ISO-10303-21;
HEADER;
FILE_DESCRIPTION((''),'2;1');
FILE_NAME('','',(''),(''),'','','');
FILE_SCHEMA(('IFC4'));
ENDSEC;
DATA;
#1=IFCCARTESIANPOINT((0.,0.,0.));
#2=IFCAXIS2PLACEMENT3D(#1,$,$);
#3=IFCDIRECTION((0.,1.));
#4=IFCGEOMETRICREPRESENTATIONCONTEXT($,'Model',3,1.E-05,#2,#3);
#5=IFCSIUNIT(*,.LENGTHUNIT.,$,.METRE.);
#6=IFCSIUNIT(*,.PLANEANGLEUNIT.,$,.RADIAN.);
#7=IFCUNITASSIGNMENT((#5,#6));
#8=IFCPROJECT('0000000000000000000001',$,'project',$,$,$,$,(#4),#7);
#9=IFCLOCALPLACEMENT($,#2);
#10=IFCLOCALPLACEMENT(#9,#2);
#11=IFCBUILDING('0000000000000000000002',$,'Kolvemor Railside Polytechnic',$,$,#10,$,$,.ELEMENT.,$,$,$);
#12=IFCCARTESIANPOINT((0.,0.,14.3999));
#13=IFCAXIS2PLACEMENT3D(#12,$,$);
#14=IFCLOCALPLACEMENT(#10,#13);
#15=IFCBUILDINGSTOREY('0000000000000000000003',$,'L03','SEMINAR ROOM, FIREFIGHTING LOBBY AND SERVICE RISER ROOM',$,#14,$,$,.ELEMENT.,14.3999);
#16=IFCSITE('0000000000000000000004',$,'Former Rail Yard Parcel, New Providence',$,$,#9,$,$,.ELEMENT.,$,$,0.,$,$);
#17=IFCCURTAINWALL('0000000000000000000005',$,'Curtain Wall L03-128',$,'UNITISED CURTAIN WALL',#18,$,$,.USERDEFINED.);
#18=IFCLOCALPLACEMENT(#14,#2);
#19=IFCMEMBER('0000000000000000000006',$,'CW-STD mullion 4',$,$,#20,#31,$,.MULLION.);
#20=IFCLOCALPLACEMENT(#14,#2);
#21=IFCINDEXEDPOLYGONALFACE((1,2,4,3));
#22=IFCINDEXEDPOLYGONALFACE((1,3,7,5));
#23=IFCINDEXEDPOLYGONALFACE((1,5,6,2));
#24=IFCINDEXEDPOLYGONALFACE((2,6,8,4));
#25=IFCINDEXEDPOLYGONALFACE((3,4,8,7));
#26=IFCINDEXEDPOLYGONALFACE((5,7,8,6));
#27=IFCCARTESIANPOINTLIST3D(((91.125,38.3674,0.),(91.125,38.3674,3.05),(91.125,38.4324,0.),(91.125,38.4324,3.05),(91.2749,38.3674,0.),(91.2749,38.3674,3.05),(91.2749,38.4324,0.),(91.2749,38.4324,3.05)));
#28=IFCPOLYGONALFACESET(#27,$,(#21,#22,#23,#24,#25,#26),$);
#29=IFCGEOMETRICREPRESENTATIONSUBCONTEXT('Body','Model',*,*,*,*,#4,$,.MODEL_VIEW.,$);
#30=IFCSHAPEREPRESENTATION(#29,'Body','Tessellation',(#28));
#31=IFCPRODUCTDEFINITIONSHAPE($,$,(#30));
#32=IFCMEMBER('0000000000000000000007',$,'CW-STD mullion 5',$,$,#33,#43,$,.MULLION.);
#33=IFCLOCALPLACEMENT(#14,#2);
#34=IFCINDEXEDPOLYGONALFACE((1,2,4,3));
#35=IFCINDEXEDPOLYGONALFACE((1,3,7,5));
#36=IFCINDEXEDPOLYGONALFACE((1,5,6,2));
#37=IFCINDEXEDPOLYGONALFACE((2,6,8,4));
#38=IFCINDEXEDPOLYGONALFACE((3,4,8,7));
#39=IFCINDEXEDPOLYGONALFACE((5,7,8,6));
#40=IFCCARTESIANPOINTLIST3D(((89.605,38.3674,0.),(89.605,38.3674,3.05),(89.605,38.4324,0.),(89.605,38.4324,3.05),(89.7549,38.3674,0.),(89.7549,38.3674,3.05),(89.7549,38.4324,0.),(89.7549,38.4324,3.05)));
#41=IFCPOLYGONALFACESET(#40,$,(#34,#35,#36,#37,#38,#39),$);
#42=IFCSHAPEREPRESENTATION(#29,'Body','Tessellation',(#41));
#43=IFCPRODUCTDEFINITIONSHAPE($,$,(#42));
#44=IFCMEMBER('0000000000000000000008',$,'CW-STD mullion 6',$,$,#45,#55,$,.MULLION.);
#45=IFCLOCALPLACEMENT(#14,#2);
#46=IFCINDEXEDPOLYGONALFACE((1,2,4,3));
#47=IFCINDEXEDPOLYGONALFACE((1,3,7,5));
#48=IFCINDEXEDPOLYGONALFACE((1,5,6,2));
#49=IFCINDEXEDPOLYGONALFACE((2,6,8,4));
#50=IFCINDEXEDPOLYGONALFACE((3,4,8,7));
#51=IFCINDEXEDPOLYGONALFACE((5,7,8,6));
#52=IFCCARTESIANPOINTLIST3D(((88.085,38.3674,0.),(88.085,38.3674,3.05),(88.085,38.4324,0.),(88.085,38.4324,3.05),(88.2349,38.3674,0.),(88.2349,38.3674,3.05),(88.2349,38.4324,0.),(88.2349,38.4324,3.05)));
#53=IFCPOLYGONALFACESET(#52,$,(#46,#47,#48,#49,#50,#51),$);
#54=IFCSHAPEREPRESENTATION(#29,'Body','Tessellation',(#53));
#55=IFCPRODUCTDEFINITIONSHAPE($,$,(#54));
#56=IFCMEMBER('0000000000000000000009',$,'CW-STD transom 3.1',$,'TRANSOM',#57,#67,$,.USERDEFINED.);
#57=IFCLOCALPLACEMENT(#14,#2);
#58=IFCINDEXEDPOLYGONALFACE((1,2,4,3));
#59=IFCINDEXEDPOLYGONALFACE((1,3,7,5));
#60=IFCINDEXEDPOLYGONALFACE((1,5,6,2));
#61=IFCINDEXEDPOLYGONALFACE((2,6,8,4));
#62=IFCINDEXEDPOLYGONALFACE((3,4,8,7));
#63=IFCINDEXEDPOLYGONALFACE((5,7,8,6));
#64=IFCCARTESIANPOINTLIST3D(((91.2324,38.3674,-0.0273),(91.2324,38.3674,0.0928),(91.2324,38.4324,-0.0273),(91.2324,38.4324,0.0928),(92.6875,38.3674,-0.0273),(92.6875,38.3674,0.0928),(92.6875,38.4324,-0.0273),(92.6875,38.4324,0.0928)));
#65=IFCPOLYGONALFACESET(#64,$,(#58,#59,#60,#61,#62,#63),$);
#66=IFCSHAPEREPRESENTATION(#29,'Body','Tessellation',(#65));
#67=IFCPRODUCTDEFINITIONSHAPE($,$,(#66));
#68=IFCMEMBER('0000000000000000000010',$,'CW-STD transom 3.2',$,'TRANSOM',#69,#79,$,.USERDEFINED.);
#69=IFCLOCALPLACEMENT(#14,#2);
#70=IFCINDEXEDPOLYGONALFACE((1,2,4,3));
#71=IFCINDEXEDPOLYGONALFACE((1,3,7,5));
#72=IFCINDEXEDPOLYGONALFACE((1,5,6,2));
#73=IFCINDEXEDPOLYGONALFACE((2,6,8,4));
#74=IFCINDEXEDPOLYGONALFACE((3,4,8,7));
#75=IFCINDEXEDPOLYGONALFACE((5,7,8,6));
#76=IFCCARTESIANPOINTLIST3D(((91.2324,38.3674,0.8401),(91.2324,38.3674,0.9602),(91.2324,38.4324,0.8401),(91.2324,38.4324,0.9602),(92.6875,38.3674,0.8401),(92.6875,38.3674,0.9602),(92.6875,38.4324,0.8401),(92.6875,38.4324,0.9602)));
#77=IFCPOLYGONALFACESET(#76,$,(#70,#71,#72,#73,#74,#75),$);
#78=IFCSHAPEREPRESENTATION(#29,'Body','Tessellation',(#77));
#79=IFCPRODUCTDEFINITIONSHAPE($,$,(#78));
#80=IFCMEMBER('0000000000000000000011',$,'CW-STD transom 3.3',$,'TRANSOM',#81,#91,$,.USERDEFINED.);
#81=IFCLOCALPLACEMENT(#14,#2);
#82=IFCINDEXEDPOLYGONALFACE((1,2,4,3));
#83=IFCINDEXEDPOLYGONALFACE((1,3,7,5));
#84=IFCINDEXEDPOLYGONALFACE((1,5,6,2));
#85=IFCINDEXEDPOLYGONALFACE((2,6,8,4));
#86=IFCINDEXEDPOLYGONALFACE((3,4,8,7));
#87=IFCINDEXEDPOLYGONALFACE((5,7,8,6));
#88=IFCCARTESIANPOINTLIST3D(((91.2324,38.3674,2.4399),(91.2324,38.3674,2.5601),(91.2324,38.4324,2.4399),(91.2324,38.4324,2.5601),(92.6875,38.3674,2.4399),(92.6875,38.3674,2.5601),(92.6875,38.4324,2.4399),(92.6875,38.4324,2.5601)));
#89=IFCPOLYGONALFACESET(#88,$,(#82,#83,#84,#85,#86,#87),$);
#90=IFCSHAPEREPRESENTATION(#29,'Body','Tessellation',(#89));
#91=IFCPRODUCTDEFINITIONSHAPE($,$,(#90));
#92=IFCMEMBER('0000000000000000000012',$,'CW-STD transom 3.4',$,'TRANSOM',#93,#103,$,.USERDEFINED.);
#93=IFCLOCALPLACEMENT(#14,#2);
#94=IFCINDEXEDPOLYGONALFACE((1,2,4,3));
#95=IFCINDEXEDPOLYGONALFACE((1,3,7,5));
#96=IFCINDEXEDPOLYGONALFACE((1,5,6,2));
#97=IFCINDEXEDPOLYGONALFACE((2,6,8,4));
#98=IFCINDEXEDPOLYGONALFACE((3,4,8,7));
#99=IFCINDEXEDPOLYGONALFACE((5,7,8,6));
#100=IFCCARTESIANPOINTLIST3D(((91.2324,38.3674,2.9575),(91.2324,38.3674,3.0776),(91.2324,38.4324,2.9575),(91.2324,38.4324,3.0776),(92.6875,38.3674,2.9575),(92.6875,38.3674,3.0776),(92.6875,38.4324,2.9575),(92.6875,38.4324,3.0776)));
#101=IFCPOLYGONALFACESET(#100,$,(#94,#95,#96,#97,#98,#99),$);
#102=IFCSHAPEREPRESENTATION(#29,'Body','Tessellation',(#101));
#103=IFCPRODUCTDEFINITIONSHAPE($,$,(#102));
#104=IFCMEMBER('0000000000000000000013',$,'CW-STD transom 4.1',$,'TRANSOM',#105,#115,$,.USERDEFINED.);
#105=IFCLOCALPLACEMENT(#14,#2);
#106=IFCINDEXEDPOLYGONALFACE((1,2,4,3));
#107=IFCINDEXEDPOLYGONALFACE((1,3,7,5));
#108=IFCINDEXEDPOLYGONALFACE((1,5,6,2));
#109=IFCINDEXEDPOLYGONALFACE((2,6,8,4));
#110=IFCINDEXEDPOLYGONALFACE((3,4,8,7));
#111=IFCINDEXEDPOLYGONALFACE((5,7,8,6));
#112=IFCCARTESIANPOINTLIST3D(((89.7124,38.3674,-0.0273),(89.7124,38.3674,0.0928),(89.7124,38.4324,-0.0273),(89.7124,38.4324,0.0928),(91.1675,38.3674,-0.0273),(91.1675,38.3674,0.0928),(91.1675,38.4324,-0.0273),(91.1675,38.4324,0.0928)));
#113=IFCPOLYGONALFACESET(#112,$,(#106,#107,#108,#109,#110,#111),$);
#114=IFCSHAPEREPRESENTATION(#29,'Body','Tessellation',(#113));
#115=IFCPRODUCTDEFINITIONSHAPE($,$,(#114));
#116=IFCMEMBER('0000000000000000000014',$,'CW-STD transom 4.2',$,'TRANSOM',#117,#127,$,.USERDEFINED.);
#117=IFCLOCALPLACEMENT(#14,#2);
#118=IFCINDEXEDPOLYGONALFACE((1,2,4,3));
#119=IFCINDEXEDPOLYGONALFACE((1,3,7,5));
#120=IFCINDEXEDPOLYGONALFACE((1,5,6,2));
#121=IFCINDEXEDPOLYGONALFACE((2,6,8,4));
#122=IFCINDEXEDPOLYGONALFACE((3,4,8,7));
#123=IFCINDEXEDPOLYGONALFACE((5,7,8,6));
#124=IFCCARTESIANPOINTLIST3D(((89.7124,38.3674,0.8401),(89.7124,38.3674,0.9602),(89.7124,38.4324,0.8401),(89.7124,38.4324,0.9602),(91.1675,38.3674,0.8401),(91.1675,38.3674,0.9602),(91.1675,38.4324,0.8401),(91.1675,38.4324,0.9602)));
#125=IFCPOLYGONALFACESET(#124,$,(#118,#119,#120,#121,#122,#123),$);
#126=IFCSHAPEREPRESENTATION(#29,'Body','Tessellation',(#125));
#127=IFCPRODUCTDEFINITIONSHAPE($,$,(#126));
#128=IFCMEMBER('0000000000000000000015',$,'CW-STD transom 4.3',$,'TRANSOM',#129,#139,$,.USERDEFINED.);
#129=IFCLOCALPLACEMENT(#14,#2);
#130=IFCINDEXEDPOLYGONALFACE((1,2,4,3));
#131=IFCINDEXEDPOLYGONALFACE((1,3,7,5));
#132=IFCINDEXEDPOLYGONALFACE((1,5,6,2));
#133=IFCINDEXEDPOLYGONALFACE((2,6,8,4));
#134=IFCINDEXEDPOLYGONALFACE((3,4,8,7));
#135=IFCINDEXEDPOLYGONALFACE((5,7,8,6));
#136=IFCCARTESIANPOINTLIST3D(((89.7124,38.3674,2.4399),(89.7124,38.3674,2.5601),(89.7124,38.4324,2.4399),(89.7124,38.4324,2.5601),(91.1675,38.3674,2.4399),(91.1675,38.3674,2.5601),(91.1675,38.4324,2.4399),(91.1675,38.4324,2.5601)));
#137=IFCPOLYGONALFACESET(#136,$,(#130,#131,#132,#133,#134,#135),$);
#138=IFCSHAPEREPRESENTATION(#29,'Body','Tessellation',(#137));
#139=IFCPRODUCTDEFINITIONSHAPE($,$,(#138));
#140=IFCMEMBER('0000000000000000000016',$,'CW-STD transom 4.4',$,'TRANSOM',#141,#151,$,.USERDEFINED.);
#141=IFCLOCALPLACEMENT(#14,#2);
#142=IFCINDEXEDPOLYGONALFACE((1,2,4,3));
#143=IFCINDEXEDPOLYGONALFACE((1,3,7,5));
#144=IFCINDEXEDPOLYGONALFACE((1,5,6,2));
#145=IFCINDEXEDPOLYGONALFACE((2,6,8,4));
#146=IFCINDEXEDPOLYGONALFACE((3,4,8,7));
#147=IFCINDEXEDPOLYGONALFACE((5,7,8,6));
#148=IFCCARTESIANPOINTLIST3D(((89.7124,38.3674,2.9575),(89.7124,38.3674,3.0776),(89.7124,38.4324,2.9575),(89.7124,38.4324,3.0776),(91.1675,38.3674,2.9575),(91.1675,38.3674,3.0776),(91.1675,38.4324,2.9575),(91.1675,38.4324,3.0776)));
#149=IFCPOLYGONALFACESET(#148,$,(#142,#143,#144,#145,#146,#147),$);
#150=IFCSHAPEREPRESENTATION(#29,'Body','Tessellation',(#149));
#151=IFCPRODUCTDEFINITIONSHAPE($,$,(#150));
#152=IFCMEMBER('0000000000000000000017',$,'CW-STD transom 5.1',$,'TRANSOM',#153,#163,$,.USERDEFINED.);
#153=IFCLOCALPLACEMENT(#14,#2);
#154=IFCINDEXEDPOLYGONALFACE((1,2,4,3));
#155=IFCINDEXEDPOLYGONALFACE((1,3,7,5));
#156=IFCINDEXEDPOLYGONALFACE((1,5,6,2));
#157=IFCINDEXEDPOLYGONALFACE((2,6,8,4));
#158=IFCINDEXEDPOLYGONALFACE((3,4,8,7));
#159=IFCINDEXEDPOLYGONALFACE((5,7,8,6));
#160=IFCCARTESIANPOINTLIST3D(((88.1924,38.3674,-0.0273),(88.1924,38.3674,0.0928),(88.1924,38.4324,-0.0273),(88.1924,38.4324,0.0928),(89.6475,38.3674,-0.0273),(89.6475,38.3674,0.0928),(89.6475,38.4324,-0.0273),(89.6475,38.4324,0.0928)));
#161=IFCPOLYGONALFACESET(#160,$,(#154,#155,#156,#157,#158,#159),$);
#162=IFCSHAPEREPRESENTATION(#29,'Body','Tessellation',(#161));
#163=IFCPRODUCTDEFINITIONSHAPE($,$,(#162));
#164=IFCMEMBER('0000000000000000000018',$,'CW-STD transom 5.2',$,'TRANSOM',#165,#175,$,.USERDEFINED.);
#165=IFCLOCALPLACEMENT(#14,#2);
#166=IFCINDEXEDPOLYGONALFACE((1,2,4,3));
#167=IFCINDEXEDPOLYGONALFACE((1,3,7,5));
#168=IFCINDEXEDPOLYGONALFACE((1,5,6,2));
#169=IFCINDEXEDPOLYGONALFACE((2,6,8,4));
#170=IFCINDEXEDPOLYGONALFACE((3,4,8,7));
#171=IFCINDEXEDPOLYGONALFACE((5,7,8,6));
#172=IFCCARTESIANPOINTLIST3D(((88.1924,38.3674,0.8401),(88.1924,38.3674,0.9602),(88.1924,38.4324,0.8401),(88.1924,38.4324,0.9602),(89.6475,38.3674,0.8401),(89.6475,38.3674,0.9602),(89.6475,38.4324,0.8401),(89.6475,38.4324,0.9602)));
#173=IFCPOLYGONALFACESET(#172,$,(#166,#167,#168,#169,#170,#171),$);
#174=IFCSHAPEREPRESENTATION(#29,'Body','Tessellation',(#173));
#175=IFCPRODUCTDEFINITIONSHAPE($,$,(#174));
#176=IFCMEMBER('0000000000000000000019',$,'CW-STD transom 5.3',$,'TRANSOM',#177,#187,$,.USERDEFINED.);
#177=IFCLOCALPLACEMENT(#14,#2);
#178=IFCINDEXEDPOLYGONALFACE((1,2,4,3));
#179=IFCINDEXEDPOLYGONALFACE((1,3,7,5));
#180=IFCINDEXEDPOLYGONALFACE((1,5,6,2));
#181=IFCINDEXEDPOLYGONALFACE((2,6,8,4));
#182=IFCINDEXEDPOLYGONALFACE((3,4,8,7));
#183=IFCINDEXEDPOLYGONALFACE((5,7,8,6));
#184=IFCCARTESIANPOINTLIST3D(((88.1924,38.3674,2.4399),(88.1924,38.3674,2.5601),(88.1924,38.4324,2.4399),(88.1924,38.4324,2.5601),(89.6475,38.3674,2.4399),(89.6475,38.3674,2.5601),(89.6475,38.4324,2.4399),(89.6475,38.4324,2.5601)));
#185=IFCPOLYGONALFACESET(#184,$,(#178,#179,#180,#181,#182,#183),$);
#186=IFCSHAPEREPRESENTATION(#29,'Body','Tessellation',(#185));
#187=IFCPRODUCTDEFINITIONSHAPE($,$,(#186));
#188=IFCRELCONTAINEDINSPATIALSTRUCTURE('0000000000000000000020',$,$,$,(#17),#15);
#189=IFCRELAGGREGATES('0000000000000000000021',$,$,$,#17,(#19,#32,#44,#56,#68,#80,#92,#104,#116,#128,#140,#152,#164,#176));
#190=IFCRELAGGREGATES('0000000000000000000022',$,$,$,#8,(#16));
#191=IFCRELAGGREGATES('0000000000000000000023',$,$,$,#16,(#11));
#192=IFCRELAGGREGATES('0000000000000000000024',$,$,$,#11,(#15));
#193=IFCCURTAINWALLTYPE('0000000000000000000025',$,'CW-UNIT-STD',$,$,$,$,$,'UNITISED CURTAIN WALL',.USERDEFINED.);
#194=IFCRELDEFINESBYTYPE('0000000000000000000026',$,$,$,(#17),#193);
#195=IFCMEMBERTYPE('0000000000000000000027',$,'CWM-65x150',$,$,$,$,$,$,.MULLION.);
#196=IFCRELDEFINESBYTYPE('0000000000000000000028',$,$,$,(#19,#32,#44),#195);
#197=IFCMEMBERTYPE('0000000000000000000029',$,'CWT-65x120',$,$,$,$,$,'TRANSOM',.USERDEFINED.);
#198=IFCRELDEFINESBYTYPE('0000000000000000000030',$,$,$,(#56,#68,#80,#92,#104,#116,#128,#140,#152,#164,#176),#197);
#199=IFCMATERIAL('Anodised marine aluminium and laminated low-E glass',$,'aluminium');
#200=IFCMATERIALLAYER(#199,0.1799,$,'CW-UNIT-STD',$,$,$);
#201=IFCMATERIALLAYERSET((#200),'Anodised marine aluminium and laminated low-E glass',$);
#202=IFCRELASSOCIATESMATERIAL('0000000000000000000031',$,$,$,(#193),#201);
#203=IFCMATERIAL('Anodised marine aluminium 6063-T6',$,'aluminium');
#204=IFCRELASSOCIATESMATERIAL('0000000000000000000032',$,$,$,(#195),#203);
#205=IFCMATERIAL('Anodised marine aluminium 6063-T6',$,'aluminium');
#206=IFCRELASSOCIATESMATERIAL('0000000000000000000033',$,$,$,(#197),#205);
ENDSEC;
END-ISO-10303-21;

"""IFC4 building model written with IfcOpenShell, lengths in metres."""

from ifc_helpers import new_model, si_unit, direction, frame, origin, origin_2d, place, context, subcontext, project, spatial, rectangle, extrude, material, layer, layer_set, material_profile, profile_set, type_object, element, aggregate, save


model = new_model("IFC4")

# Units and contexts
model_context = context("Model", 3, precision=1e-05, world=origin(), true_north=direction((0.0, 1.0)))
body_context = subcontext(model_context, "Body", "Model", "MODEL_VIEW")
ifc_project = project(units=[si_unit("LENGTHUNIT", "METRE"), si_unit("PLANEANGLEUNIT", "RADIAN")], contexts=[model_context])

# Site, building, storey
site_placement = place(None, origin())
site = spatial("IfcSite", under=ifc_project, at=site_placement, Name="Former Rail Yard Parcel, New Providence", CompositionType="ELEMENT", RefElevation=0.0)
building_placement = place(site_placement, origin())
building = spatial("IfcBuilding", under=site, at=building_placement, Name="Kolvemor Railside Polytechnic", CompositionType="ELEMENT")
storey_placement = place(building_placement, frame((0.0, 0.0, 14.3999)))
storey = spatial("IfcBuildingStorey", under=building, at=storey_placement, Name="L03", Description="SEMINAR ROOM, FIREFIGHTING LOBBY AND SERVICE RISER ROOM", CompositionType="ELEMENT", Elevation=14.3999)

# Curtain wall, members
ifc_material_1 = material(Name="Anodised marine aluminium and laminated low-E glass", Category="aluminium")
ifc_layer_1 = layer(ifc_material_1, 0.1799, Name="CW-UNIT-STD")
ifc_layer_set_1 = layer_set([ifc_layer_1], Name="Anodised marine aluminium and laminated low-E glass")
curtain_wall_type = type_object("IfcCurtainWallType", Name="CW-UNIT-STD", ElementType="UNITISED CURTAIN WALL", PredefinedType="USERDEFINED", material=ifc_layer_set_1)
curtain_wall_placement = place(storey_placement, origin())
curtain_wall = element("IfcCurtainWall", 1, at=curtain_wall_placement, inside=storey, type_object=curtain_wall_type, Name="Curtain Wall L03-128", ObjectType="UNITISED CURTAIN WALL", PredefinedType="USERDEFINED")
ifc_material_2 = material(Name="Anodised marine aluminium 6063-T6", Category="aluminium")
ifc_material_profile_1 = material_profile(ifc_material_2, rectangle(XDim=0.0649, YDim=0.1499, at=origin_2d()), Name="CW-MUL-65x150")
ifc_profile_set_1 = profile_set([ifc_material_profile_1], Name="Anodised marine aluminium 6063-T6")
member_type_1 = type_object("IfcMemberType", Name="CWM-65x150", PredefinedType="MULLION", material=ifc_profile_set_1)
member_1_placement = place(storey_placement, frame((91.2, 38.3999, 0.0), z_axis=(0.0, 0.0, 1.0), x_axis=(0.0, -1.0, 0.0)))
member_1 = element("IfcMember", 2, at=member_1_placement, type_object=member_type_1, Name="CW-STD mullion 4", PredefinedType="MULLION", context=body_context, shape_type="SweptSolid", body=[
    extrude(rectangle(XDim=0.0649, YDim=0.1499, at=origin_2d()), origin(), (0.0, 0.0, 1.0), 3.05),
])
member_2_placement = place(storey_placement, frame((89.6799, 38.3999, 0.0), z_axis=(0.0, 0.0, 1.0), x_axis=(0.0, -1.0, 0.0)))
member_2 = element("IfcMember", 3, at=member_2_placement, type_object=member_type_1, Name="CW-STD mullion 5", PredefinedType="MULLION", context=body_context, shape_type="SweptSolid", body=[
    extrude(rectangle(XDim=0.0649, YDim=0.1499, at=origin_2d()), origin(), (0.0, 0.0, 1.0), 3.05),
])
member_3_placement = place(storey_placement, frame((88.1599, 38.3999, 0.0), z_axis=(0.0, 0.0, 1.0), x_axis=(0.0, -1.0, 0.0)))
member_3 = element("IfcMember", 4, at=member_3_placement, type_object=member_type_1, Name="CW-STD mullion 6", PredefinedType="MULLION", context=body_context, shape_type="SweptSolid", body=[
    extrude(rectangle(XDim=0.0649, YDim=0.1499, at=origin_2d()), origin(), (0.0, 0.0, 1.0), 3.05),
])
ifc_material_3 = material(Name="Anodised marine aluminium 6063-T6", Category="aluminium")
ifc_material_profile_2 = material_profile(ifc_material_3, rectangle(XDim=0.0649, YDim=0.1201, at=origin_2d()), Name="CW-TRN-65x120")
ifc_profile_set_2 = profile_set([ifc_material_profile_2], Name="Anodised marine aluminium 6063-T6")
member_type_2 = type_object("IfcMemberType", Name="CWT-65x120", ElementType="TRANSOM", PredefinedType="USERDEFINED", material=ifc_profile_set_2)
member_4_placement = place(storey_placement, frame((92.6875, 38.3999, 0.0327), z_axis=(-1.0, 0.0, 0.0), x_axis=(0.0, -1.0, 0.0)))
member_4 = element("IfcMember", 5, at=member_4_placement, type_object=member_type_2, Name="CW-STD transom 3.1", ObjectType="TRANSOM", PredefinedType="USERDEFINED", context=body_context, shape_type="SweptSolid", body=[
    extrude(rectangle(XDim=0.0649, YDim=0.1201, at=origin_2d()), origin(), (0.0, 0.0, 1.0), 1.4551),
])
member_5_placement = place(storey_placement, frame((92.6875, 38.3999, 0.9001), z_axis=(-1.0, 0.0, 0.0), x_axis=(0.0, -1.0, 0.0)))
member_5 = element("IfcMember", 6, at=member_5_placement, type_object=member_type_2, Name="CW-STD transom 3.2", ObjectType="TRANSOM", PredefinedType="USERDEFINED", context=body_context, shape_type="SweptSolid", body=[
    extrude(rectangle(XDim=0.0649, YDim=0.1201, at=origin_2d()), origin(), (0.0, 0.0, 1.0), 1.4551),
])
member_6_placement = place(storey_placement, frame((92.6875, 38.3999, 2.5), z_axis=(-1.0, 0.0, 0.0), x_axis=(0.0, -1.0, 0.0)))
member_6 = element("IfcMember", 7, at=member_6_placement, type_object=member_type_2, Name="CW-STD transom 3.3", ObjectType="TRANSOM", PredefinedType="USERDEFINED", context=body_context, shape_type="SweptSolid", body=[
    extrude(rectangle(XDim=0.0649, YDim=0.1201, at=origin_2d()), origin(), (0.0, 0.0, 1.0), 1.4551),
])
member_7_placement = place(storey_placement, frame((92.6875, 38.3999, 3.0176), z_axis=(-1.0, 0.0, 0.0), x_axis=(0.0, -1.0, 0.0)))
member_7 = element("IfcMember", 8, at=member_7_placement, type_object=member_type_2, Name="CW-STD transom 3.4", ObjectType="TRANSOM", PredefinedType="USERDEFINED", context=body_context, shape_type="SweptSolid", body=[
    extrude(rectangle(XDim=0.0649, YDim=0.1201, at=origin_2d()), origin(), (0.0, 0.0, 1.0), 1.4551),
])
member_8_placement = place(storey_placement, frame((91.1675, 38.3999, 0.0327), z_axis=(-1.0, 0.0, 0.0), x_axis=(0.0, -1.0, 0.0)))
member_8 = element("IfcMember", 9, at=member_8_placement, type_object=member_type_2, Name="CW-STD transom 4.1", ObjectType="TRANSOM", PredefinedType="USERDEFINED", context=body_context, shape_type="SweptSolid", body=[
    extrude(rectangle(XDim=0.0649, YDim=0.1201, at=origin_2d()), origin(), (0.0, 0.0, 1.0), 1.4551),
])
member_9_placement = place(storey_placement, frame((91.1675, 38.3999, 0.9001), z_axis=(-1.0, 0.0, 0.0), x_axis=(0.0, -1.0, 0.0)))
member_9 = element("IfcMember", 10, at=member_9_placement, type_object=member_type_2, Name="CW-STD transom 4.2", ObjectType="TRANSOM", PredefinedType="USERDEFINED", context=body_context, shape_type="SweptSolid", body=[
    extrude(rectangle(XDim=0.0649, YDim=0.1201, at=origin_2d()), origin(), (0.0, 0.0, 1.0), 1.4551),
])
member_10_placement = place(storey_placement, frame((91.1675, 38.3999, 2.5), z_axis=(-1.0, 0.0, 0.0), x_axis=(0.0, -1.0, 0.0)))
member_10 = element("IfcMember", 11, at=member_10_placement, type_object=member_type_2, Name="CW-STD transom 4.3", ObjectType="TRANSOM", PredefinedType="USERDEFINED", context=body_context, shape_type="SweptSolid", body=[
    extrude(rectangle(XDim=0.0649, YDim=0.1201, at=origin_2d()), origin(), (0.0, 0.0, 1.0), 1.4551),
])
member_11_placement = place(storey_placement, frame((91.1675, 38.3999, 3.0176), z_axis=(-1.0, 0.0, 0.0), x_axis=(0.0, -1.0, 0.0)))
member_11 = element("IfcMember", 12, at=member_11_placement, type_object=member_type_2, Name="CW-STD transom 4.4", ObjectType="TRANSOM", PredefinedType="USERDEFINED", context=body_context, shape_type="SweptSolid", body=[
    extrude(rectangle(XDim=0.0649, YDim=0.1201, at=origin_2d()), origin(), (0.0, 0.0, 1.0), 1.4551),
])
member_12_placement = place(storey_placement, frame((89.6475, 38.3999, 0.0327), z_axis=(-1.0, 0.0, 0.0), x_axis=(0.0, -1.0, 0.0)))
member_12 = element("IfcMember", 13, at=member_12_placement, type_object=member_type_2, Name="CW-STD transom 5.1", ObjectType="TRANSOM", PredefinedType="USERDEFINED", context=body_context, shape_type="SweptSolid", body=[
    extrude(rectangle(XDim=0.0649, YDim=0.1201, at=origin_2d()), origin(), (0.0, 0.0, 1.0), 1.4551),
])
member_13_placement = place(storey_placement, frame((89.6475, 38.3999, 0.9001), z_axis=(-1.0, 0.0, 0.0), x_axis=(0.0, -1.0, 0.0)))
member_13 = element("IfcMember", 14, at=member_13_placement, type_object=member_type_2, Name="CW-STD transom 5.2", ObjectType="TRANSOM", PredefinedType="USERDEFINED", context=body_context, shape_type="SweptSolid", body=[
    extrude(rectangle(XDim=0.0649, YDim=0.1201, at=origin_2d()), origin(), (0.0, 0.0, 1.0), 1.4551),
])
member_14_placement = place(storey_placement, frame((89.6475, 38.3999, 2.5), z_axis=(-1.0, 0.0, 0.0), x_axis=(0.0, -1.0, 0.0)))
member_14 = element("IfcMember", 15, at=member_14_placement, type_object=member_type_2, Name="CW-STD transom 5.3", ObjectType="TRANSOM", PredefinedType="USERDEFINED", context=body_context, shape_type="SweptSolid", body=[
    extrude(rectangle(XDim=0.0649, YDim=0.1201, at=origin_2d()), origin(), (0.0, 0.0, 1.0), 1.4551),
])
aggregate(curtain_wall, [member_1, member_2, member_3, member_4, member_5, member_6, member_7, member_8, member_9, member_10, member_11, member_12, member_13, member_14])

save(model, "model.ifc")
